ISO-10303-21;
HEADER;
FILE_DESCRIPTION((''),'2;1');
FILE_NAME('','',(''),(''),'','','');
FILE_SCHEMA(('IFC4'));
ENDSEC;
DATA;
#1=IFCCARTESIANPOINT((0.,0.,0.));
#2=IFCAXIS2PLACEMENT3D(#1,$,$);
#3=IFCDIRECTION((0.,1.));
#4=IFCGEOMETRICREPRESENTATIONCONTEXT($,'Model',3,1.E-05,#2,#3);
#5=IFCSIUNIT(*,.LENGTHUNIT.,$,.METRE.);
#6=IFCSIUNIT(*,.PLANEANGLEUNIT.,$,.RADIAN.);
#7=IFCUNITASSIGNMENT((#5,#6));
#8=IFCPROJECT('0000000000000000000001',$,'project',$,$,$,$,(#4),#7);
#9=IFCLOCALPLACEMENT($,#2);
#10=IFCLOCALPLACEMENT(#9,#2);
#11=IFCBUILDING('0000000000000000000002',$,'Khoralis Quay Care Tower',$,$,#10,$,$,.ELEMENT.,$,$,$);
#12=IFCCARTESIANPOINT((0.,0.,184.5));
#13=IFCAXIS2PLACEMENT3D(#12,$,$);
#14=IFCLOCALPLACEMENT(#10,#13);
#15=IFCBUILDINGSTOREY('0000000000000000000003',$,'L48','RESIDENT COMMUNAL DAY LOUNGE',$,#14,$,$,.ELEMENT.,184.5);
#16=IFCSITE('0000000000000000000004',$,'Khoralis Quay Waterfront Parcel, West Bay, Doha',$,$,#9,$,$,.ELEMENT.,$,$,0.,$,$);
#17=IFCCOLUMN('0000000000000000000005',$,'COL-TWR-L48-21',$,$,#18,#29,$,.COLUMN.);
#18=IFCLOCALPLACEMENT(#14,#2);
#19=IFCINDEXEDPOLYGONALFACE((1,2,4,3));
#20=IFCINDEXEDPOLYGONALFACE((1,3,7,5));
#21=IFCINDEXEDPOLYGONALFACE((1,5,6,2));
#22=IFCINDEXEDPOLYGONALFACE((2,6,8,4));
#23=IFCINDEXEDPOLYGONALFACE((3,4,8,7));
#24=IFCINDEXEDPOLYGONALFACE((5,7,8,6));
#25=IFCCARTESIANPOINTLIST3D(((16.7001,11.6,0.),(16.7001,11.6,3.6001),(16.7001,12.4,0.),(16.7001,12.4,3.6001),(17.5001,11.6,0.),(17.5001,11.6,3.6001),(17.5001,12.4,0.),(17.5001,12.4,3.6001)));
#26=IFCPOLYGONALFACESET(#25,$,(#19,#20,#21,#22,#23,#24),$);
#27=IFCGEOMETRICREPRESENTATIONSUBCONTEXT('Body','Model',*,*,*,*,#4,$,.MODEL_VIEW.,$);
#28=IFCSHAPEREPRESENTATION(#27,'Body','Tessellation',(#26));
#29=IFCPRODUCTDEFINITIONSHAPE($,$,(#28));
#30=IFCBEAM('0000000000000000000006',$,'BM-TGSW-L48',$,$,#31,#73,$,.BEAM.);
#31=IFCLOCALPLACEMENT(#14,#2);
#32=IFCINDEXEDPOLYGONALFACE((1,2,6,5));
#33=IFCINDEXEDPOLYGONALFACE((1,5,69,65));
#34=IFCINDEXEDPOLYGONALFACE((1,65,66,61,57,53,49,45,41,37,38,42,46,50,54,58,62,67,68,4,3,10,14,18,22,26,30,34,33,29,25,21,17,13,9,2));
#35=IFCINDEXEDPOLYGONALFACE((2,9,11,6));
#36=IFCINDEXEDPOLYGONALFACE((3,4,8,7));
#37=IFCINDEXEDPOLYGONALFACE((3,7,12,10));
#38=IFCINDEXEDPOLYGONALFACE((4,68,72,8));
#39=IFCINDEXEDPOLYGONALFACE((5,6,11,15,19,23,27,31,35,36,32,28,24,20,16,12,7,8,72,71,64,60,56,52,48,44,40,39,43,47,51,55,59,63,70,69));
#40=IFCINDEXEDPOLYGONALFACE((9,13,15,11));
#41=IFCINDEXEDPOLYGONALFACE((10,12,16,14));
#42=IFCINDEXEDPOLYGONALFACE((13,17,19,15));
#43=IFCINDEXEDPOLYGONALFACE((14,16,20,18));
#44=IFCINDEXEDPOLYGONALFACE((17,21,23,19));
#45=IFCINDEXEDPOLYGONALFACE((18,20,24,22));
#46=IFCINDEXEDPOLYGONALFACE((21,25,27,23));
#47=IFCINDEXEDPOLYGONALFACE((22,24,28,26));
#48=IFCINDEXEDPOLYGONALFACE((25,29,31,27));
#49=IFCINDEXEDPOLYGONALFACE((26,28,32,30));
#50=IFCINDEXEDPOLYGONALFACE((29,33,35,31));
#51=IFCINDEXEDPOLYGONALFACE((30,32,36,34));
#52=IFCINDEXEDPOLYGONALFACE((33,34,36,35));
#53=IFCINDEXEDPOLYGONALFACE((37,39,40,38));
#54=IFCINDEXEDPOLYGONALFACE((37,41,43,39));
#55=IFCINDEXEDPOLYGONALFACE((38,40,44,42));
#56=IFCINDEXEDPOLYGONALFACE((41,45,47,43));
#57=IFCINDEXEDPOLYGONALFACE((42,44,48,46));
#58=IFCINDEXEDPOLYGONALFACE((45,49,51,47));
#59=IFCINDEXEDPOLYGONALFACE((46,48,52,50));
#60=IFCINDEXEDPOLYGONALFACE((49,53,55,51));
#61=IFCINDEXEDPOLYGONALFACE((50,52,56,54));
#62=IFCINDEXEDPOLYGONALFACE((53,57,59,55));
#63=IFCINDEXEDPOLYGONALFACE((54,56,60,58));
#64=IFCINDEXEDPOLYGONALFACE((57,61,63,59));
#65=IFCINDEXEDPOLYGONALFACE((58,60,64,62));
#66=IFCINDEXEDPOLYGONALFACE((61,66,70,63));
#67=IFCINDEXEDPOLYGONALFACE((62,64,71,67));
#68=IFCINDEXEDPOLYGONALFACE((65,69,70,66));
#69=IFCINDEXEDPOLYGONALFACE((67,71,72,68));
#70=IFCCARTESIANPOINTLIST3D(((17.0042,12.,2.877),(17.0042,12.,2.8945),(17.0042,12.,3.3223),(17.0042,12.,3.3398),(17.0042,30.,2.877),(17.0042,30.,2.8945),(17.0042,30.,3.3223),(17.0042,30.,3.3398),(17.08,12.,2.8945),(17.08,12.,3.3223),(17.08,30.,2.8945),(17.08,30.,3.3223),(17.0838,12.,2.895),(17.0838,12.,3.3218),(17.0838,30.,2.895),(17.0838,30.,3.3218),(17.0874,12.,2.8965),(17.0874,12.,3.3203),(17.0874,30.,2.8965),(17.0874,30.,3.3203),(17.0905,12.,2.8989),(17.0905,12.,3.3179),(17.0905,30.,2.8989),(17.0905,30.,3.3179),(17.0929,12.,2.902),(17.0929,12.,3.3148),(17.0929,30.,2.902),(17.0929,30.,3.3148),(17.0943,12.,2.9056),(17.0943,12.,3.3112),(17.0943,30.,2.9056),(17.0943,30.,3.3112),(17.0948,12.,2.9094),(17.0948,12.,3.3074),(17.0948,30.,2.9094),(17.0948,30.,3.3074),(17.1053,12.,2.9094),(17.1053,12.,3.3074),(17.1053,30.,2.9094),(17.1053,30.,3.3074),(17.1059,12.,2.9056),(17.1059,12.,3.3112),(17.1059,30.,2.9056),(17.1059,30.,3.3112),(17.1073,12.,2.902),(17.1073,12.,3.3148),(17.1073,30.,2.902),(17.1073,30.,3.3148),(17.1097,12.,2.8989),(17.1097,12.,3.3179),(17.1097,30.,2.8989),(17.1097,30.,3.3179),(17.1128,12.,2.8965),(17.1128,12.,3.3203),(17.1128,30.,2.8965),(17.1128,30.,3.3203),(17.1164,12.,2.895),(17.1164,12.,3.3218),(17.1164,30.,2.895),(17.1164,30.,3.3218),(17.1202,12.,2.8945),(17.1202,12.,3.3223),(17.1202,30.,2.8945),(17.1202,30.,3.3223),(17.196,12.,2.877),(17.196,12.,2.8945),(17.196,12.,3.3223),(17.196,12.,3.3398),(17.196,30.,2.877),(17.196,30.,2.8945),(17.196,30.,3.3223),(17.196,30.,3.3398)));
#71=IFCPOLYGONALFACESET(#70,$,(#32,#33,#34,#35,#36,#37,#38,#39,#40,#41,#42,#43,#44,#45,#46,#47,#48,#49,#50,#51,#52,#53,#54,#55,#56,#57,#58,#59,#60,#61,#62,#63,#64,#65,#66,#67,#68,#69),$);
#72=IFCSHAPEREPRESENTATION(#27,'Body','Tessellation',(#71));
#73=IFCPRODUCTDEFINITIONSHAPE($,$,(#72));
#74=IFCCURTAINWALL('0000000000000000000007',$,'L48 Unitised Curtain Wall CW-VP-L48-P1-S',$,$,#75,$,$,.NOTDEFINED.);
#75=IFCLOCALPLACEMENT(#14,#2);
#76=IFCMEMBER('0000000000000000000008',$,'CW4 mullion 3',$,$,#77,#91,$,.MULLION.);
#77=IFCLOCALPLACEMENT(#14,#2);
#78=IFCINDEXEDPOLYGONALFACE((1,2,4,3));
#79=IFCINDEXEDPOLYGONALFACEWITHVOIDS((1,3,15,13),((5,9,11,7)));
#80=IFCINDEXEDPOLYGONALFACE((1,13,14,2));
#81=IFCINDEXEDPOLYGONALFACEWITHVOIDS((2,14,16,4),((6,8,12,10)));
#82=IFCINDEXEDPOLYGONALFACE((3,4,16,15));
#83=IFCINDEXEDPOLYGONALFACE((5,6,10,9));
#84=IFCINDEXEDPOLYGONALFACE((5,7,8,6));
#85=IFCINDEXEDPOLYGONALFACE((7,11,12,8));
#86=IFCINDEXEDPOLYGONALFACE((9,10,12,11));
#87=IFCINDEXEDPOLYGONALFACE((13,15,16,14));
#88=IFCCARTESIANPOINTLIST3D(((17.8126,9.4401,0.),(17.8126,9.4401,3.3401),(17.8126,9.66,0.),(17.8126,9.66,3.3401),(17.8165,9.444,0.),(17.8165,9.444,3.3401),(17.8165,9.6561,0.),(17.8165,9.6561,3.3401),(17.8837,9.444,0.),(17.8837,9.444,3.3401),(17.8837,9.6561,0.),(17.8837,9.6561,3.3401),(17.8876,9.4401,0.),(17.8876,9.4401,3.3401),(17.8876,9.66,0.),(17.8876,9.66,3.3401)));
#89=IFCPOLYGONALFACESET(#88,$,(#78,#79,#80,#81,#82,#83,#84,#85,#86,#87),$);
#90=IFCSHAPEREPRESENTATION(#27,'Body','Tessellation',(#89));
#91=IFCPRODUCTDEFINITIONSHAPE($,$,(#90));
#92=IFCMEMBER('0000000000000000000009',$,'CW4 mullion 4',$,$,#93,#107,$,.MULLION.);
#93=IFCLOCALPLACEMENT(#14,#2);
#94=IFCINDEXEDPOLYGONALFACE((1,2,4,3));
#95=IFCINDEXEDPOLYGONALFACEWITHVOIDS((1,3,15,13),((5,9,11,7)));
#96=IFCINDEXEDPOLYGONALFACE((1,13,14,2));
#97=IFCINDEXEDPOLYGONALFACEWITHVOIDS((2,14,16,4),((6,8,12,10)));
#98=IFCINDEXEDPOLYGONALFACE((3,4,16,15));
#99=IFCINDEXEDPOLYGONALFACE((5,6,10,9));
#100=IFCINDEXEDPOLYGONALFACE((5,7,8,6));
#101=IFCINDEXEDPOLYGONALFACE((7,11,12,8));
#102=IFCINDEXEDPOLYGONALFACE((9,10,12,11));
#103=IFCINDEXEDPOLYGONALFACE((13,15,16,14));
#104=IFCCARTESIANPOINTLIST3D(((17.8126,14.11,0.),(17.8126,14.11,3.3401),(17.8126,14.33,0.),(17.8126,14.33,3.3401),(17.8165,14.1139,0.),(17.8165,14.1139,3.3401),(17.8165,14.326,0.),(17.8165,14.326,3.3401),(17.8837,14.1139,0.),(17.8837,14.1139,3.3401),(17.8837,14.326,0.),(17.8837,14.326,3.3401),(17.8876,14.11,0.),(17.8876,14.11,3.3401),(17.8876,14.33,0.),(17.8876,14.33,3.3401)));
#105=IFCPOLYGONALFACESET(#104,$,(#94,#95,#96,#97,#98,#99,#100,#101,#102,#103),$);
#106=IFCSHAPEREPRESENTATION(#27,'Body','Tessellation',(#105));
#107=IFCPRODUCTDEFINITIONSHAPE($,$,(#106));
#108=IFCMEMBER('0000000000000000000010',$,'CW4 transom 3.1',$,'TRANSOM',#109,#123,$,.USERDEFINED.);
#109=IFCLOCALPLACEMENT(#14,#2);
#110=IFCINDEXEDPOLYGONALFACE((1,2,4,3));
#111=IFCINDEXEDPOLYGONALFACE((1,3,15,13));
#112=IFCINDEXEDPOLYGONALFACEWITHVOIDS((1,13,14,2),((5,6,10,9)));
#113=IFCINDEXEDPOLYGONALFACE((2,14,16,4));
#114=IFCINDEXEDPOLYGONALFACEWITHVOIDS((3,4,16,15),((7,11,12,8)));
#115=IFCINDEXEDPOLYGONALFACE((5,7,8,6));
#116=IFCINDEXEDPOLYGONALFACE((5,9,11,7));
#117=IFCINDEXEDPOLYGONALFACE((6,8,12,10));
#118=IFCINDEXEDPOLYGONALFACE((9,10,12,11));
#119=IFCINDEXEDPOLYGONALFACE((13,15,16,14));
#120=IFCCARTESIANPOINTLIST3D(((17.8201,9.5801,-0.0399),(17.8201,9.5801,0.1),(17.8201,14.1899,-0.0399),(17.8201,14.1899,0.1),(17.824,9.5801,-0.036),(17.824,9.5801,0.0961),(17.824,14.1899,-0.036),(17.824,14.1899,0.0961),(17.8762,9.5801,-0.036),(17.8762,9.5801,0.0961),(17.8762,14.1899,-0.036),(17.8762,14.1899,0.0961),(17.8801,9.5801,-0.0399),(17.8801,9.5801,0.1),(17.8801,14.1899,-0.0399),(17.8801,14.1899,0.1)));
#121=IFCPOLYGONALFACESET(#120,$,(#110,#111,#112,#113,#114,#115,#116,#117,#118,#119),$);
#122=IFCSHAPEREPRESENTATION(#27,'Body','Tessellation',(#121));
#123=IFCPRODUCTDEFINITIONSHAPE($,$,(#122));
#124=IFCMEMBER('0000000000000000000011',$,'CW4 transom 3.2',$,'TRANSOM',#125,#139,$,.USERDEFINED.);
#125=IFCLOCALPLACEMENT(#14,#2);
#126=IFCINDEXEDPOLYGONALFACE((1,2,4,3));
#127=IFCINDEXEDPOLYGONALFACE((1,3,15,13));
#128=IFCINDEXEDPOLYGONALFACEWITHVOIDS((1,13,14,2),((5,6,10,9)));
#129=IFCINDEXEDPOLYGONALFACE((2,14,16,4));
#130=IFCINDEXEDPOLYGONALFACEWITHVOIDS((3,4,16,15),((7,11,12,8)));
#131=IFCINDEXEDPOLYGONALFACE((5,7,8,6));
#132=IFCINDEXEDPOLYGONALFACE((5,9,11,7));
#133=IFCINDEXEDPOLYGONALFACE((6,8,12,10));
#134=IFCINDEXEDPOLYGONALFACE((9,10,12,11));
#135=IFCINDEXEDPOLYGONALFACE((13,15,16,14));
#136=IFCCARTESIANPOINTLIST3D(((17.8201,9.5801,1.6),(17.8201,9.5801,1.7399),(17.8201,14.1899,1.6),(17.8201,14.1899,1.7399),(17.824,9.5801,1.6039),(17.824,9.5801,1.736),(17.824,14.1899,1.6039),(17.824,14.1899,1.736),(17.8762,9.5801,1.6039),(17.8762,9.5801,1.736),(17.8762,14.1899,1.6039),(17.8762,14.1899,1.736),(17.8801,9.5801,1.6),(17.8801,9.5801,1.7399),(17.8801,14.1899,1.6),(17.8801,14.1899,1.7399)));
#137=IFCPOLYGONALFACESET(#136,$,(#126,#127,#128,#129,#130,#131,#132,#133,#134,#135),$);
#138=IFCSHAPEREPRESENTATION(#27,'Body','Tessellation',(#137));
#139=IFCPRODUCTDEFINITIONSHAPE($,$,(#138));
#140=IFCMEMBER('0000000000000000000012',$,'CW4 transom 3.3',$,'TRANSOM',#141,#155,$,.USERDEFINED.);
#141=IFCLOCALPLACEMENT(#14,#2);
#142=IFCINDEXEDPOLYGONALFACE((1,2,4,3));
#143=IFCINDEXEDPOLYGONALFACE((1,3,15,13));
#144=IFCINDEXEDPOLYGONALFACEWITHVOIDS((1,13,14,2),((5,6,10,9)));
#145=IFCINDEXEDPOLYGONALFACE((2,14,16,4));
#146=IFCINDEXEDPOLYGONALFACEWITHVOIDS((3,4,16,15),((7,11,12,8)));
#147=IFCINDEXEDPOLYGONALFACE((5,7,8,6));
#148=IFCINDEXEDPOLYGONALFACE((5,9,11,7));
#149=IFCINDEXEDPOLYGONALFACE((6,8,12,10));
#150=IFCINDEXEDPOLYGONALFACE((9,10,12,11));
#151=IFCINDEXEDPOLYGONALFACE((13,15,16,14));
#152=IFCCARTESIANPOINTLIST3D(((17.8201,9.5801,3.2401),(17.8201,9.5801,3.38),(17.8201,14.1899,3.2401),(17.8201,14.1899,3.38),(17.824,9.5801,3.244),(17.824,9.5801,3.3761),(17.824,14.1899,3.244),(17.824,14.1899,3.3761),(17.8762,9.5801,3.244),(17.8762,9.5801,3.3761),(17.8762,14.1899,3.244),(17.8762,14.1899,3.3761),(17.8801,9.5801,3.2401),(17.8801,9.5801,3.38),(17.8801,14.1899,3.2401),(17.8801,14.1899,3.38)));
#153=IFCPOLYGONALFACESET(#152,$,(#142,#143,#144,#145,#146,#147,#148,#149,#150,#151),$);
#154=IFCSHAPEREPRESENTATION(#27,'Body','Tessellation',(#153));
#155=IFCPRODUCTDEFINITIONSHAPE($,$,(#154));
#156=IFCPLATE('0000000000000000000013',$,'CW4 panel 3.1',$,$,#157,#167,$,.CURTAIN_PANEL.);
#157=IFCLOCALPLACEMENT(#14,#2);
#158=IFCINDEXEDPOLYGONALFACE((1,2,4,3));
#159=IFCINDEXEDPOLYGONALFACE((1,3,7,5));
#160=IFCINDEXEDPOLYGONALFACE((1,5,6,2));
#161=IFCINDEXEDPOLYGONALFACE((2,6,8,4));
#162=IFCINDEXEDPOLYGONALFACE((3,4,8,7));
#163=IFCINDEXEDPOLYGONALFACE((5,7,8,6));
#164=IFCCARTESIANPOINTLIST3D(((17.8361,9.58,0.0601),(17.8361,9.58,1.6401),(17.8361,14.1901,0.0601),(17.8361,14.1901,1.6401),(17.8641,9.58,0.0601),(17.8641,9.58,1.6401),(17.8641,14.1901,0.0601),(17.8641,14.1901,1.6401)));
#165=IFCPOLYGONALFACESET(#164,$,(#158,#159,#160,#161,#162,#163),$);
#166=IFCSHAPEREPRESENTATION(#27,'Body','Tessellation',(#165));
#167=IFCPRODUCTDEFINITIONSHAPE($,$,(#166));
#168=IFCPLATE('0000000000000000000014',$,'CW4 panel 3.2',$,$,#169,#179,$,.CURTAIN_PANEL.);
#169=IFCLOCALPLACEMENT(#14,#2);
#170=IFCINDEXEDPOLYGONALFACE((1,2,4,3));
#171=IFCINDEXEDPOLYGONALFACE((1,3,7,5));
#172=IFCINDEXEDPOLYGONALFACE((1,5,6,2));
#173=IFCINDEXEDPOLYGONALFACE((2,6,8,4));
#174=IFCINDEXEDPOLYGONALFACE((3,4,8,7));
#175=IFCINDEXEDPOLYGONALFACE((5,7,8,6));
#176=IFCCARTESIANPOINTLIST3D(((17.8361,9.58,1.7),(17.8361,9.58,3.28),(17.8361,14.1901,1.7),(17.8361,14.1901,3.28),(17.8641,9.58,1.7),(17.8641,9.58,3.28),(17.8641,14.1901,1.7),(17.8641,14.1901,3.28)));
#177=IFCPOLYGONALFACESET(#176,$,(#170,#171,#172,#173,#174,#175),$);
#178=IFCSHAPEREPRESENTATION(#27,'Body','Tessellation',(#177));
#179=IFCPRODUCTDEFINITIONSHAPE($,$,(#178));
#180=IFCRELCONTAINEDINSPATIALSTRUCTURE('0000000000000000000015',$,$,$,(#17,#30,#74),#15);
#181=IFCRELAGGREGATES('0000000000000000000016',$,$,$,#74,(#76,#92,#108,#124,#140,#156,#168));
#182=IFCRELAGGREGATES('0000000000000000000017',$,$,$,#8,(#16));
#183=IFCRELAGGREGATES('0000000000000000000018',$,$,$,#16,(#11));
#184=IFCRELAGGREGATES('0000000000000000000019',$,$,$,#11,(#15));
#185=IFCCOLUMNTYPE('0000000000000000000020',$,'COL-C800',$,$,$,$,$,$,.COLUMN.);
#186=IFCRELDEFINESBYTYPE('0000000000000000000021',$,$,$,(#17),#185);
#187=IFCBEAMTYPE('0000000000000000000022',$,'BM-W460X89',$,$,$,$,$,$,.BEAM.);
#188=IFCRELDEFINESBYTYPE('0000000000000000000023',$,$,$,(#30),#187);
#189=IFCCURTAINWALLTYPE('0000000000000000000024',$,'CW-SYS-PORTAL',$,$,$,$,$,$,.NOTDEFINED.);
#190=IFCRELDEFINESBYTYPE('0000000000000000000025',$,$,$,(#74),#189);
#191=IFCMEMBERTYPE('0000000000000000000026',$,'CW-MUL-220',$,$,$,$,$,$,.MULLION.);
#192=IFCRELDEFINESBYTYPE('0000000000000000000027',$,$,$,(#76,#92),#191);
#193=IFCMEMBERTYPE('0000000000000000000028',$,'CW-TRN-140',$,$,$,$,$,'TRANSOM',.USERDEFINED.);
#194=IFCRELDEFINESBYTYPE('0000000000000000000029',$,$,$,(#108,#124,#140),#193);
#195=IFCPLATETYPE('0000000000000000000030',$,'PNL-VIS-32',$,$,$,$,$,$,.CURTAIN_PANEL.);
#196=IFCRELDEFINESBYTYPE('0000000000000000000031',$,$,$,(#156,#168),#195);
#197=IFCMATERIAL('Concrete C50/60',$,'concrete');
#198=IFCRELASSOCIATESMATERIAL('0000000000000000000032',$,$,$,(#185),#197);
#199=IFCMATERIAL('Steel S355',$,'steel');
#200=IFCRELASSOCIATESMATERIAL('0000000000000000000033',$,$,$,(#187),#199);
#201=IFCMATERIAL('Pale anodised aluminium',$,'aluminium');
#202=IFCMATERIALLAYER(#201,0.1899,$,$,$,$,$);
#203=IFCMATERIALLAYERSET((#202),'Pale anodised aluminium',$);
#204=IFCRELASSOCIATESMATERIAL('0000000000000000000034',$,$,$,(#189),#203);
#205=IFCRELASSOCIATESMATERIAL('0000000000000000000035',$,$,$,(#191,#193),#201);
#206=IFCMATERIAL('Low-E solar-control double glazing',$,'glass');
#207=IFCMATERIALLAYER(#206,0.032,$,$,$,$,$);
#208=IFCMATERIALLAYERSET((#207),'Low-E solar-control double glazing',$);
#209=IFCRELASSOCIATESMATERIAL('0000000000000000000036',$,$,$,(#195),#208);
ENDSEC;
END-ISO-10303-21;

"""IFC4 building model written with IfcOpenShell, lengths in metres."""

from ifc_helpers import new_model, si_unit, direction, frame, origin, origin_2d, place, context, subcontext, project, spatial, rectangle, hollow_rectangle, i_section, extrude, source, transform, mapped, material, layer, layer_set, material_profile, profile_set, type_object, element, aggregate, save


model = new_model("IFC4")

# Units and contexts
model_context = context("Model", 3, precision=1e-05, world=origin(), true_north=direction((0.0, 1.0)))
body_context = subcontext(model_context, "Body", "Model", "MODEL_VIEW")
ifc_project = project(units=[si_unit("LENGTHUNIT", "METRE"), si_unit("PLANEANGLEUNIT", "RADIAN")], contexts=[model_context])

# Site, building, storey
site_placement = place(None, origin())
site = spatial("IfcSite", under=ifc_project, at=site_placement, Name="Khoralis Quay Waterfront Parcel, West Bay, Doha", CompositionType="ELEMENT", RefElevation=0.0)
building_placement = place(site_placement, origin())
building = spatial("IfcBuilding", under=site, at=building_placement, Name="Khoralis Quay Care Tower", CompositionType="ELEMENT")
storey_placement = place(building_placement, frame((0.0, 0.0, 184.5)))
storey = spatial("IfcBuildingStorey", under=building, at=storey_placement, Name="L48", Description="RESIDENT COMMUNAL DAY LOUNGE", CompositionType="ELEMENT", Elevation=184.5)

# Column
ifc_material_1 = material(Name="Concrete C50/60", Category="concrete")
ifc_material_profile_1 = material_profile(ifc_material_1, rectangle(XDim=0.8, YDim=0.8, at=origin_2d()), Name="Concrete C50/60")
ifc_profile_set_1 = profile_set([ifc_material_profile_1], Name="Concrete C50/60")
column_type = type_object("IfcColumnType", Name="COL-C800", PredefinedType="COLUMN", material=ifc_profile_set_1)
shared_shape_1 = source(origin(), body_context, "Body", "SweptSolid", [
    extrude(rectangle(XDim=0.8, YDim=0.8, at=origin_2d()), origin(), (0.0, 0.0, 1.0), 3.6001),
])
column_placement = place(storey_placement, frame((17.1001, 12.0, 0.0), z_axis=(0.0, 0.0, 1.0), x_axis=(1.0, 0.0, 0.0)))
element("IfcColumn", 1, at=column_placement, inside=storey, type_object=column_type, Name="COL-TWR-L48-21", PredefinedType="COLUMN", context=body_context, shape_type="MappedRepresentation", body=[
    mapped(shared_shape_1, transform((0.0, 0.0, 0.0), scale=1.0)),
])

# Beam
ifc_material_2 = material(Name="Steel S355", Category="steel")
ifc_material_profile_2 = material_profile(ifc_material_2, i_section(OverallWidth=0.1919, OverallDepth=0.4629, WebThickness=0.0105, FlangeThickness=0.0176, FilletRadius=0.0149, at=origin_2d()), Name="Steel S355")
ifc_profile_set_2 = profile_set([ifc_material_profile_2], Name="Steel S355")
beam_type = type_object("IfcBeamType", Name="BM-W460X89", PredefinedType="BEAM", material=ifc_profile_set_2)
shared_shape_2 = source(origin(), body_context, "Body", "SweptSolid", [
    extrude(i_section(OverallWidth=0.1919, OverallDepth=0.4629, WebThickness=0.0105, FlangeThickness=0.0176, FilletRadius=0.0149, at=origin_2d()), origin(), (0.0, 0.0, 1.0), 18.0),
])
beam_placement = place(storey_placement, frame((17.1001, 12.0, 3.1084), z_axis=(0.0, 1.0, 0.0), x_axis=(-1.0, 0.0, 0.0)))
element("IfcBeam", 2, at=beam_placement, inside=storey, type_object=beam_type, Name="BM-TGSW-L48", PredefinedType="BEAM", context=body_context, shape_type="MappedRepresentation", body=[
    mapped(shared_shape_2, transform((0.0, 0.0, 0.0), scale=1.0)),
])

# Curtain wall, members, plates
ifc_material_3 = material(Name="Pale anodised aluminium", Category="aluminium")
ifc_layer_1 = layer(ifc_material_3, 0.1899)
ifc_layer_set_1 = layer_set([ifc_layer_1], Name="Pale anodised aluminium")
curtain_wall_type = type_object("IfcCurtainWallType", Name="CW-SYS-PORTAL", PredefinedType="NOTDEFINED", material=ifc_layer_set_1)
curtain_wall_placement = place(storey_placement, origin())
curtain_wall = element("IfcCurtainWall", 3, at=curtain_wall_placement, inside=storey, type_object=curtain_wall_type, Name="L48 Unitised Curtain Wall CW-VP-L48-P1-S", PredefinedType="NOTDEFINED")
ifc_material_profile_3 = material_profile(ifc_material_3, hollow_rectangle(XDim=0.075, YDim=0.22, WallThickness=0.0039, at=origin_2d()), Name="Pale anodised aluminium")
ifc_profile_set_3 = profile_set([ifc_material_profile_3], Name="Pale anodised aluminium")
member_type_1 = type_object("IfcMemberType", Name="CW-MUL-220", PredefinedType="MULLION", material=ifc_profile_set_3)
shared_shape_3 = source(origin(), body_context, "Body", "SweptSolid", [
    extrude(hollow_rectangle(XDim=0.075, YDim=0.22, WallThickness=0.0039, at=origin_2d()), origin(), (0.0, 0.0, 1.0), 3.3401),
])
member_1_placement = place(storey_placement, frame((17.8501, 9.55, 0.0), z_axis=(0.0, 0.0, 1.0), x_axis=(-1.0, 0.0, 0.0)))
member_1 = element("IfcMember", 4, at=member_1_placement, type_object=member_type_1, Name="CW4 mullion 3", PredefinedType="MULLION", context=body_context, shape_type="MappedRepresentation", body=[
    mapped(shared_shape_3, transform((0.0, 0.0, 0.0), scale=1.0)),
])
member_2_placement = place(storey_placement, frame((17.8501, 14.22, 0.0), z_axis=(0.0, 0.0, 1.0), x_axis=(-1.0, 0.0, 0.0)))
member_2 = element("IfcMember", 5, at=member_2_placement, type_object=member_type_1, Name="CW4 mullion 4", PredefinedType="MULLION", context=body_context, shape_type="MappedRepresentation", body=[
    mapped(shared_shape_3, transform((0.0, 0.0, 0.0), scale=1.0)),
])
ifc_material_profile_4 = material_profile(ifc_material_3, hollow_rectangle(XDim=0.0601, YDim=0.1399, WallThickness=0.0039, at=origin_2d()), Name="Pale anodised aluminium")
ifc_profile_set_4 = profile_set([ifc_material_profile_4], Name="Pale anodised aluminium")
member_type_2 = type_object("IfcMemberType", Name="CW-TRN-140", ElementType="TRANSOM", PredefinedType="USERDEFINED", material=ifc_profile_set_4)
shared_shape_4 = source(origin(), body_context, "Body", "SweptSolid", [
    extrude(hollow_rectangle(XDim=0.0601, YDim=0.1399, WallThickness=0.0039, at=origin_2d()), origin(), (0.0, 0.0, 1.0), 4.6099),
])
member_3_placement = place(storey_placement, frame((17.8501, 9.5801, 0.03), z_axis=(0.0, 1.0, 0.0), x_axis=(-1.0, 0.0, 0.0)))
member_3 = element("IfcMember", 6, at=member_3_placement, type_object=member_type_2, Name="CW4 transom 3.1", ObjectType="TRANSOM", PredefinedType="USERDEFINED", context=body_context, shape_type="MappedRepresentation", body=[
    mapped(shared_shape_4, transform((0.0, 0.0, 0.0), scale=1.0)),
])
member_4_placement = place(storey_placement, frame((17.8501, 9.5801, 1.6699), z_axis=(0.0, 1.0, 0.0), x_axis=(-1.0, 0.0, 0.0)))
member_4 = element("IfcMember", 7, at=member_4_placement, type_object=member_type_2, Name="CW4 transom 3.2", ObjectType="TRANSOM", PredefinedType="USERDEFINED", context=body_context, shape_type="MappedRepresentation", body=[
    mapped(shared_shape_4, transform((0.0, 0.0, 0.0), scale=1.0)),
])
member_5_placement = place(storey_placement, frame((17.8501, 9.5801, 3.3101), z_axis=(0.0, 1.0, 0.0), x_axis=(-1.0, 0.0, 0.0)))
member_5 = element("IfcMember", 8, at=member_5_placement, type_object=member_type_2, Name="CW4 transom 3.3", ObjectType="TRANSOM", PredefinedType="USERDEFINED", context=body_context, shape_type="MappedRepresentation", body=[
    mapped(shared_shape_4, transform((0.0, 0.0, 0.0), scale=1.0)),
])
ifc_material_4 = material(Name="Low-E solar-control double glazing", Category="glass")
ifc_layer_2 = layer(ifc_material_4, 0.032)
ifc_layer_set_2 = layer_set([ifc_layer_2], Name="Low-E solar-control double glazing")
plate_type = type_object("IfcPlateType", Name="PNL-VIS-32", PredefinedType="CURTAIN_PANEL", material=ifc_layer_set_2)
shared_shape_5 = source(origin(), body_context, "Body", "SweptSolid", [
    extrude(rectangle(XDim=4.6101, YDim=0.0281, at=origin_2d()), origin(), (0.0, 0.0, 1.0), 1.5801),
])
plate_1_placement = place(storey_placement, frame((17.8501, 11.885, 0.0601), z_axis=(0.0, 0.0, 1.0), x_axis=(0.0, 1.0, 0.0)))
plate_1 = element("IfcPlate", 9, at=plate_1_placement, type_object=plate_type, Name="CW4 panel 3.1", PredefinedType="CURTAIN_PANEL", context=body_context, shape_type="MappedRepresentation", body=[
    mapped(shared_shape_5, transform((0.0, 0.0, 0.0), scale=1.0)),
])
plate_2_placement = place(storey_placement, frame((17.8501, 11.885, 1.7), z_axis=(0.0, 0.0, 1.0), x_axis=(0.0, 1.0, 0.0)))
plate_2 = element("IfcPlate", 10, at=plate_2_placement, type_object=plate_type, Name="CW4 panel 3.2", PredefinedType="CURTAIN_PANEL", context=body_context, shape_type="MappedRepresentation", body=[
    mapped(shared_shape_5, transform((0.0, 0.0, 0.0), scale=1.0)),
])
aggregate(curtain_wall, [member_1, member_2, member_3, member_4, member_5, plate_1, plate_2])

save(model, "model.ifc")
